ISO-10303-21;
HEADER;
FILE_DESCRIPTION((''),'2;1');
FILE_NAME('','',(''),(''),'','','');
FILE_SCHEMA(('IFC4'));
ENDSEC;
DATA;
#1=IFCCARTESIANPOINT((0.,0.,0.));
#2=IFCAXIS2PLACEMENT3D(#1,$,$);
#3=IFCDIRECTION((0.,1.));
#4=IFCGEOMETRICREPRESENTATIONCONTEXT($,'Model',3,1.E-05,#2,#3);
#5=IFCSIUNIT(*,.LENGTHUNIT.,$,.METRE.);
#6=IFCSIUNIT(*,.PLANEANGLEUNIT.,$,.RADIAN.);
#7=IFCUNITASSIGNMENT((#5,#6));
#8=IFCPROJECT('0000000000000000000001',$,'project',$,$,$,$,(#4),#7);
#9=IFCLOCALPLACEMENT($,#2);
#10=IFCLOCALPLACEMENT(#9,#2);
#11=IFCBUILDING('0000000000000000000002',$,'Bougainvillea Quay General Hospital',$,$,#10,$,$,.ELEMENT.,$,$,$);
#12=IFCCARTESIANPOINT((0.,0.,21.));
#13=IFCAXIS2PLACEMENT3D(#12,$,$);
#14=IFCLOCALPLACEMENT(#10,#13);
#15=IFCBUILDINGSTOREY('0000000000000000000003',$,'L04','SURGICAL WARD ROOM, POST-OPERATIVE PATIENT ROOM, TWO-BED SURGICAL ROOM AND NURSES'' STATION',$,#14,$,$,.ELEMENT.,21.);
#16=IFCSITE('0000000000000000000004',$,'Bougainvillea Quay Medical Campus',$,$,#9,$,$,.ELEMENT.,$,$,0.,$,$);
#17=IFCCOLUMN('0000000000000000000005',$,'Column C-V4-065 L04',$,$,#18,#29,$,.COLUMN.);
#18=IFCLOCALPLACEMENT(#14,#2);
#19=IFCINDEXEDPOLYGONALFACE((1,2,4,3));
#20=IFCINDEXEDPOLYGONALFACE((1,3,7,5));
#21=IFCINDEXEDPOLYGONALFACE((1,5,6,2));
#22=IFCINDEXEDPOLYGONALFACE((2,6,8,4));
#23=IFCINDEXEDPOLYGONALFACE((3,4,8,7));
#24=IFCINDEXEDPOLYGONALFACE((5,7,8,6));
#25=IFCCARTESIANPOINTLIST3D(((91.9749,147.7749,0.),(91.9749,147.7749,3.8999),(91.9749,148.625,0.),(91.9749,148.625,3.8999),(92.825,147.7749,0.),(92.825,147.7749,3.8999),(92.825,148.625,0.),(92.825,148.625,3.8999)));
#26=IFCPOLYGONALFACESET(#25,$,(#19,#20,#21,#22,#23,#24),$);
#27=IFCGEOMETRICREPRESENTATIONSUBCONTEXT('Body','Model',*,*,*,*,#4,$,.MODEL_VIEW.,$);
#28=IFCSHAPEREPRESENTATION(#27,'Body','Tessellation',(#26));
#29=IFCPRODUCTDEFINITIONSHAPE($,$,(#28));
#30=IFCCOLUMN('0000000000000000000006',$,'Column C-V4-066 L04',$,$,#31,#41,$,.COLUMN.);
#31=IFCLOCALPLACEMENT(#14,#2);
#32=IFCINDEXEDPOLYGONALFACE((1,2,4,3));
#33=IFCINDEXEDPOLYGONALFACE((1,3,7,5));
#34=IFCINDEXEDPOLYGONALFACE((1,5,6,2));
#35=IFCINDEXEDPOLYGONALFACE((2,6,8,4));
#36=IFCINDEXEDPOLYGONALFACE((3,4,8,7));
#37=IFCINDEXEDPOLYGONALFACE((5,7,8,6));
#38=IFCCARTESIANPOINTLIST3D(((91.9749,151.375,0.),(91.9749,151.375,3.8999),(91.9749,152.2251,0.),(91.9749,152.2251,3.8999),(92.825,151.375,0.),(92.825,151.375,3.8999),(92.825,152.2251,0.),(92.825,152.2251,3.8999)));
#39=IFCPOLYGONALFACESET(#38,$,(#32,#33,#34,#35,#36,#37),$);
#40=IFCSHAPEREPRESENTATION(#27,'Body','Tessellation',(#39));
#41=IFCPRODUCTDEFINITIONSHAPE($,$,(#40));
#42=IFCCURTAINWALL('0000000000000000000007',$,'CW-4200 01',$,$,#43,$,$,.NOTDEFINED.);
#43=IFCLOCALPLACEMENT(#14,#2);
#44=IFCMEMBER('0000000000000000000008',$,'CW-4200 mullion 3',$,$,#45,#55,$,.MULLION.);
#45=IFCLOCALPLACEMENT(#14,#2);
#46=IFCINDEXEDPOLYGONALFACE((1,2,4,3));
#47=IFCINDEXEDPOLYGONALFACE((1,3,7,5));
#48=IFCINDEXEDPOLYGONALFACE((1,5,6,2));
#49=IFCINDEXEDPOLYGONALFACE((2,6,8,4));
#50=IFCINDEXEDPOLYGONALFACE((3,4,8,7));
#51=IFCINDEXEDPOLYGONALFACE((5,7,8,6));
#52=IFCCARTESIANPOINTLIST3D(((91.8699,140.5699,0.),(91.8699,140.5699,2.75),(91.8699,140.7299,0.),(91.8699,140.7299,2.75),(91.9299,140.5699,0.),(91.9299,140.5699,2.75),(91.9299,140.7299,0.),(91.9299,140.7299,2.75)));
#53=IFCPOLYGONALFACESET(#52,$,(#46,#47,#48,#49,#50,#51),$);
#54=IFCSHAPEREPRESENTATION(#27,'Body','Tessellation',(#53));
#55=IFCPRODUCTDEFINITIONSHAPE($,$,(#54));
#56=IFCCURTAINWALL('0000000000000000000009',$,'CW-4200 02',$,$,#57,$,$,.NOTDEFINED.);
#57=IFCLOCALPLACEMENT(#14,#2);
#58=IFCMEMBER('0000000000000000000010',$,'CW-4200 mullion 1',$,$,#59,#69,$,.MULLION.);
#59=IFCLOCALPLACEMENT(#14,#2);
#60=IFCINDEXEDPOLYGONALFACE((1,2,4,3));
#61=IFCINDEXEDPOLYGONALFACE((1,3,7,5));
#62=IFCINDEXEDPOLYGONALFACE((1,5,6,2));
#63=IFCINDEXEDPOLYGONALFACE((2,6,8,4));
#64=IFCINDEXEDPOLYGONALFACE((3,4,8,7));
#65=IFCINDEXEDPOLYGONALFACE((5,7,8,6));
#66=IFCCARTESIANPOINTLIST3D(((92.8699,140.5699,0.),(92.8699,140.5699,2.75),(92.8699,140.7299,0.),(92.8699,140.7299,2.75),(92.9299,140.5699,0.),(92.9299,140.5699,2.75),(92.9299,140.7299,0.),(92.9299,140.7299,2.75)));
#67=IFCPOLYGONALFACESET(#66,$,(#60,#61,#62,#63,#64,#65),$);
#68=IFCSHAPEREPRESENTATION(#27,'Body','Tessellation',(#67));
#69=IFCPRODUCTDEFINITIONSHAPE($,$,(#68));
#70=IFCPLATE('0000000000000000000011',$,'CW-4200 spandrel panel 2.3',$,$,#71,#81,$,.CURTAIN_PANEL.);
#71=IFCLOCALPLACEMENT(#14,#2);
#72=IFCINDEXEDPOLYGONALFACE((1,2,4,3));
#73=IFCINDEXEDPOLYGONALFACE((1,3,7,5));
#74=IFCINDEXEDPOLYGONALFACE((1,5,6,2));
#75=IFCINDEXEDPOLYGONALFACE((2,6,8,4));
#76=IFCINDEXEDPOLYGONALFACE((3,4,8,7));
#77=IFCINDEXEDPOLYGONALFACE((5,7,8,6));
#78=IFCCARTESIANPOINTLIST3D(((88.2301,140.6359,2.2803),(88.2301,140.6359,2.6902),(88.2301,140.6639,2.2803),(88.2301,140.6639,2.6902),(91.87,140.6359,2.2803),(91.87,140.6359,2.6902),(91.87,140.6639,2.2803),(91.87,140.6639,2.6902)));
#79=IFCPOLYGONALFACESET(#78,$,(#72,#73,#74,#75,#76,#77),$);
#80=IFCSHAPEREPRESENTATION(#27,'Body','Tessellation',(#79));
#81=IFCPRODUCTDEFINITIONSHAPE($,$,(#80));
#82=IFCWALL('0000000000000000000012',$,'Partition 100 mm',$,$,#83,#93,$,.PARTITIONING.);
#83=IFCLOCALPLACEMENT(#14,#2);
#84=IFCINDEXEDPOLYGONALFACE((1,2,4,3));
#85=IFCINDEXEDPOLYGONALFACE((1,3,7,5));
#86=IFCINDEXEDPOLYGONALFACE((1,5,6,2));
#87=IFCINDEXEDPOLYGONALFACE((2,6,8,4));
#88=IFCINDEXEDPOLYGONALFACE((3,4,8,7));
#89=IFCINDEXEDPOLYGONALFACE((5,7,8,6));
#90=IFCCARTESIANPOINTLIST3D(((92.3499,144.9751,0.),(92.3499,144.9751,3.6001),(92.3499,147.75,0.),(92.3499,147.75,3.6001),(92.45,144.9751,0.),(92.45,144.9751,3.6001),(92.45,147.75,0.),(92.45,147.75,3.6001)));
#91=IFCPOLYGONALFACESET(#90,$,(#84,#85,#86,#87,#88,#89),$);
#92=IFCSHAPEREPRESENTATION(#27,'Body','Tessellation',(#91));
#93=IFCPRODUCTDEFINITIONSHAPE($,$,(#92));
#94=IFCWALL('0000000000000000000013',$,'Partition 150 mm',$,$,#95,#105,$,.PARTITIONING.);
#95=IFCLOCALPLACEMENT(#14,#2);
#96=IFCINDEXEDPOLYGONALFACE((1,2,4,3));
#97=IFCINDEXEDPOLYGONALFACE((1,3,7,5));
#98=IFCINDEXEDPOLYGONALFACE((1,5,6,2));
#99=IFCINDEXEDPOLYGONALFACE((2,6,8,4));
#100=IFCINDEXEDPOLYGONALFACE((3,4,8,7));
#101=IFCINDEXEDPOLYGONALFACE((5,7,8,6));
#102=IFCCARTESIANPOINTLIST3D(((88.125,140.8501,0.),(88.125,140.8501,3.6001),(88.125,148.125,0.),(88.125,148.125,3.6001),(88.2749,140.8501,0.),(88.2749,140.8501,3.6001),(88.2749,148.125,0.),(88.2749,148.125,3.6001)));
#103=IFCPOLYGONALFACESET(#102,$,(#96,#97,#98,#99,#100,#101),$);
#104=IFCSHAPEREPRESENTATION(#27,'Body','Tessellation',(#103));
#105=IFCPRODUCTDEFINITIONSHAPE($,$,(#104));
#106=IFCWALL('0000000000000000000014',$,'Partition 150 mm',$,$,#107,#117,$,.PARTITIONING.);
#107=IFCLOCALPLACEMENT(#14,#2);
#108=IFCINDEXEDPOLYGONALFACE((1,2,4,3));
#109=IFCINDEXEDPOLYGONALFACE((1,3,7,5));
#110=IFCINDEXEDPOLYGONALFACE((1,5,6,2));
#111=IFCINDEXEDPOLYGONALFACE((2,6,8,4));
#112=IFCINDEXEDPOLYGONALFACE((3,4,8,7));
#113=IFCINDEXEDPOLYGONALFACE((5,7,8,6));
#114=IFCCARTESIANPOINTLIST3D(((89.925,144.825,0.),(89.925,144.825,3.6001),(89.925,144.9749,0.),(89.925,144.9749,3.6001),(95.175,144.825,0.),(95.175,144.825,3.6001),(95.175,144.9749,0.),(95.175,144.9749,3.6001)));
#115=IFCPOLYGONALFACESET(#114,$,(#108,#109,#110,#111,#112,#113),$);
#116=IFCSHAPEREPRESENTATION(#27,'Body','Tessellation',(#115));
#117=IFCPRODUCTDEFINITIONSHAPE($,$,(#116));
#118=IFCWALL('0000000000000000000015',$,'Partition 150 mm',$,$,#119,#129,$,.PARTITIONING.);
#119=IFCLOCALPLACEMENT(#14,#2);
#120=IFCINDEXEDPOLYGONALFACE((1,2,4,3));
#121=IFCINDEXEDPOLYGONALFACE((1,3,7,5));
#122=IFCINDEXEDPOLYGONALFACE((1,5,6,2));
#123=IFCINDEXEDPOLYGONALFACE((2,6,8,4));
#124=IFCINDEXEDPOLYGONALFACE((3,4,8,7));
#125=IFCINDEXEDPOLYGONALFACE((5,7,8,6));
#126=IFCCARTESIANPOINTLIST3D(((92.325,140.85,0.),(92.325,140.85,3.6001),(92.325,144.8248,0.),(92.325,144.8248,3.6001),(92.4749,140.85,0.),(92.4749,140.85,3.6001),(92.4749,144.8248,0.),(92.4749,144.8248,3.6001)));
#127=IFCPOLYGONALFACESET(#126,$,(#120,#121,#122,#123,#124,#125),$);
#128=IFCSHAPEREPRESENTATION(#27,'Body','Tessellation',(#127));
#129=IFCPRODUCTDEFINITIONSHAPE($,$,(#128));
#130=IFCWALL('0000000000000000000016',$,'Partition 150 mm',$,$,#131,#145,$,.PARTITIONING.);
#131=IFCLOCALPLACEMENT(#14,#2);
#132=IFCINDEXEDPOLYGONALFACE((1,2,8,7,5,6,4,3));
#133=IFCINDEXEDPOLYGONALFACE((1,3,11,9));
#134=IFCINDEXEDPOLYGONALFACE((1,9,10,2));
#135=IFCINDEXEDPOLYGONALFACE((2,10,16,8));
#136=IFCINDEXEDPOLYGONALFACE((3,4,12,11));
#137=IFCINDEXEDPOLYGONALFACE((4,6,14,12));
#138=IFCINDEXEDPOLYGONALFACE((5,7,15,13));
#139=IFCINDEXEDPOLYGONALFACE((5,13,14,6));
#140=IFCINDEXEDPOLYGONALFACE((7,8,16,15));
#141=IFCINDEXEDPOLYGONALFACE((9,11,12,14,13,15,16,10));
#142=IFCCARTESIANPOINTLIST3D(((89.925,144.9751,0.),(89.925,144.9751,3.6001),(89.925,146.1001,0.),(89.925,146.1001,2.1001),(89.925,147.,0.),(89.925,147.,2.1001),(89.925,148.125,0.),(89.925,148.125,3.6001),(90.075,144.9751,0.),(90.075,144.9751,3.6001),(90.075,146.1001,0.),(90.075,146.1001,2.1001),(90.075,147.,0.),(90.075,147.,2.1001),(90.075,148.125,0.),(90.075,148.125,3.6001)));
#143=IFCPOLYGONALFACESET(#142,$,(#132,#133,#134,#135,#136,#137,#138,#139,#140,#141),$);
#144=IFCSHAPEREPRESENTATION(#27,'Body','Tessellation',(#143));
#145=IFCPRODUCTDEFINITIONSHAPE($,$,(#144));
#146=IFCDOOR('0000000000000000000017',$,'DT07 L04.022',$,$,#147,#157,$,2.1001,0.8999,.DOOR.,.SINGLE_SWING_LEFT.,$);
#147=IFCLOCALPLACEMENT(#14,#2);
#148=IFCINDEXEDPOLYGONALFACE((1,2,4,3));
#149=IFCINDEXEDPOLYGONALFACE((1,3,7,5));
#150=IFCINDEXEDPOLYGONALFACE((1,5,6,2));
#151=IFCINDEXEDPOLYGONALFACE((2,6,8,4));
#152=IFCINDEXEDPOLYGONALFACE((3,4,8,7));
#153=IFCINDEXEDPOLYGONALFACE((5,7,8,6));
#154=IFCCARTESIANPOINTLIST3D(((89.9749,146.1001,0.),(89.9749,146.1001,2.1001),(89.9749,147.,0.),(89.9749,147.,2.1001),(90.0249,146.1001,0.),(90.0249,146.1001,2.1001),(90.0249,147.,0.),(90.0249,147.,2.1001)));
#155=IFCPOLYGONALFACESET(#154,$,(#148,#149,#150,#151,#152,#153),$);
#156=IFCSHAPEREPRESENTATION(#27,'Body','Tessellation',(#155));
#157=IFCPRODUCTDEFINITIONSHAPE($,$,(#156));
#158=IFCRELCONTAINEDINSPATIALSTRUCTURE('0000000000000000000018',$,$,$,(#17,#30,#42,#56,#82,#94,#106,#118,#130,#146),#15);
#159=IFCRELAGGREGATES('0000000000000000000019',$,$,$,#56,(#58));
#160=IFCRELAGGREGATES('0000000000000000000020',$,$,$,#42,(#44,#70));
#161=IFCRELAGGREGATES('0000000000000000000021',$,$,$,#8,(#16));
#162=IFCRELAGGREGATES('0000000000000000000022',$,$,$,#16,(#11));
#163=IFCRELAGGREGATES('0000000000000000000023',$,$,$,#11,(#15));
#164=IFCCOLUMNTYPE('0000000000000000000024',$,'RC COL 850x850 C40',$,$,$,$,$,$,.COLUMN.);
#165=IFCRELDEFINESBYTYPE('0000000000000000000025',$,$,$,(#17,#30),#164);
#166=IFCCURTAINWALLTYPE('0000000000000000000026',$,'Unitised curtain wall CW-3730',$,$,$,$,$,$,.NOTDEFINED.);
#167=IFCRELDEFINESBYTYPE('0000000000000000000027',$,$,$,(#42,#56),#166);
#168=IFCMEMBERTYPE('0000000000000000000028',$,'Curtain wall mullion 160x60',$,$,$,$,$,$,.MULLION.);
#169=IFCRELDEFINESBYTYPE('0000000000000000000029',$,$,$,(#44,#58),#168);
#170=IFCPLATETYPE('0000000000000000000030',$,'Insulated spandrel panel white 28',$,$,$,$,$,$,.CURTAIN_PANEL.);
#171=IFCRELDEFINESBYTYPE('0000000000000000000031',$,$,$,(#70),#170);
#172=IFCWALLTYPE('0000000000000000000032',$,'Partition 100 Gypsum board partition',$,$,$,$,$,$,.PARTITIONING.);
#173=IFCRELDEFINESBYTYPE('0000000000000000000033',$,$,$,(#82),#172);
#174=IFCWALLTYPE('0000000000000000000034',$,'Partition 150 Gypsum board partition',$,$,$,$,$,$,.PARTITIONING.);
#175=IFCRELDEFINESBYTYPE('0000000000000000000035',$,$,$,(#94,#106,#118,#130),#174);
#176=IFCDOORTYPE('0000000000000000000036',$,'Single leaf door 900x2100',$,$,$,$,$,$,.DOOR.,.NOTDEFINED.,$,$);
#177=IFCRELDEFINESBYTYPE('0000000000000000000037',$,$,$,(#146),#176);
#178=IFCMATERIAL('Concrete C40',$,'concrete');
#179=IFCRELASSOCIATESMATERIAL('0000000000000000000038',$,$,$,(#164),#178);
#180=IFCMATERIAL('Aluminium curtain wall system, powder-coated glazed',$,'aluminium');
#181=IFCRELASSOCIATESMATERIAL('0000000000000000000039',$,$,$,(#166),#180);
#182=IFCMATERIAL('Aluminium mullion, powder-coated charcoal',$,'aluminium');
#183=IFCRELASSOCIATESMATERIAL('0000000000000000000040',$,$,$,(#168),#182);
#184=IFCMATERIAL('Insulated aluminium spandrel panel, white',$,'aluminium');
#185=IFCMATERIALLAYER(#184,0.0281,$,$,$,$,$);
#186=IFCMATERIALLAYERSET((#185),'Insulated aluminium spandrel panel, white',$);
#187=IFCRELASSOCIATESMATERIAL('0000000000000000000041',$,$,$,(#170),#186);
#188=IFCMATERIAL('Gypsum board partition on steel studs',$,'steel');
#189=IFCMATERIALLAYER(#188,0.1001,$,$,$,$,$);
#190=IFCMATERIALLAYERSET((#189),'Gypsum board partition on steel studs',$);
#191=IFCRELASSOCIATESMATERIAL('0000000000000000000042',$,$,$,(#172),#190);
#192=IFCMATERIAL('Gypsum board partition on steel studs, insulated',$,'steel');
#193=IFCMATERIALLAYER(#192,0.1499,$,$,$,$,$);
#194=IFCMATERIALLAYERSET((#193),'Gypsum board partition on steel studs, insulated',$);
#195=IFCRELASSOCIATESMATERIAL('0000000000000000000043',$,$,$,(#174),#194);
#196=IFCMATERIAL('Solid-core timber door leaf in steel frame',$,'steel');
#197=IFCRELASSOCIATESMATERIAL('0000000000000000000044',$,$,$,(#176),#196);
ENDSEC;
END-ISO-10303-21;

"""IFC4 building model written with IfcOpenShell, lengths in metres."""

from ifc_helpers import new_model, si_unit, direction, frame, frame_2d, origin, origin_2d, place, context, subcontext, project, spatial, rectangle, extrude, material, layer, layer_set, material_profile, profile_set, type_object, element, fill, aggregate, save


model = new_model("IFC4")

# Units and contexts
model_context = context("Model", 3, precision=1e-05, world=origin(), true_north=direction((0.0, 1.0)))
body_context = subcontext(model_context, "Body", "Model", "MODEL_VIEW")
ifc_project = project(units=[si_unit("LENGTHUNIT", "METRE"), si_unit("PLANEANGLEUNIT", "RADIAN")], contexts=[model_context])

# Site, building, storey
site_placement = place(None, origin())
site = spatial("IfcSite", under=ifc_project, at=site_placement, Name="Bougainvillea Quay Medical Campus", CompositionType="ELEMENT", RefElevation=0.0)
building_placement = place(site_placement, origin())
building = spatial("IfcBuilding", under=site, at=building_placement, Name="Bougainvillea Quay General Hospital", CompositionType="ELEMENT")
storey_placement = place(building_placement, frame((0.0, 0.0, 21.0)))
storey = spatial("IfcBuildingStorey", under=building, at=storey_placement, Name="L04", Description="SURGICAL WARD ROOM, POST-OPERATIVE PATIENT ROOM, TWO-BED SURGICAL ROOM AND NURSES' STATION", CompositionType="ELEMENT", Elevation=21.0)

# Columns
ifc_material_1 = material(Name="Concrete C40", Category="concrete")
ifc_material_profile_1 = material_profile(ifc_material_1, rectangle(XDim=0.8501, YDim=0.8501, at=origin_2d()))
ifc_profile_set_1 = profile_set([ifc_material_profile_1], Name="Concrete C40")
column_type = type_object("IfcColumnType", Name="RC COL 850x850 C40", PredefinedType="COLUMN", material=ifc_profile_set_1)
for number, where, z_axis, x_axis, name in (
    (1, (92.3999, 148.2, 0.0), (0.0, 0.0, 1.0), (1.0, 0.0, 0.0), "Column C-V4-065 L04"),
    (2, (92.3999, 151.8, 0.0), (0.0, 0.0, 1.0), (1.0, 0.0, 0.0), "Column C-V4-066 L04"),
):
    element("IfcColumn", number, at=place(storey_placement, frame(where, z_axis=z_axis, x_axis=x_axis)), inside=storey, type_object=column_type, Name=name, PredefinedType="COLUMN", context=body_context, shape_type="SweptSolid", body=[
        extrude(rectangle(XDim=0.8501, YDim=0.8501, at=origin_2d()), origin(), (0.0, 0.0, 1.0), 3.8999),
    ])

# Curtain walls, members
ifc_material_2 = material(Name="Aluminium curtain wall system, powder-coated glazed", Category="aluminium")
curtain_wall_type = type_object("IfcCurtainWallType", Name="Unitised curtain wall CW-3730", PredefinedType="NOTDEFINED", material=ifc_material_2)
curtain_wall_1_placement = place(storey_placement, origin())
curtain_wall_1 = element("IfcCurtainWall", 3, at=curtain_wall_1_placement, inside=storey, type_object=curtain_wall_type, Name="CW-4200 01", PredefinedType="NOTDEFINED")
ifc_material_3 = material(Name="Aluminium mullion, powder-coated charcoal", Category="aluminium")
ifc_material_profile_2 = material_profile(ifc_material_3, rectangle(XDim=0.1599, YDim=0.0601, at=origin_2d()))
ifc_profile_set_2 = profile_set([ifc_material_profile_2], Name="Aluminium mullion, powder-coated charcoal")
member_type = type_object("IfcMemberType", Name="Curtain wall mullion 160x60", PredefinedType="MULLION", material=ifc_profile_set_2)
member_1_placement = place(storey_placement, frame((91.8999, 140.6499, 0.0), z_axis=(0.0, 0.0, 1.0), x_axis=(0.0, 1.0, 0.0)))
member_1 = element("IfcMember", 4, at=member_1_placement, type_object=member_type, Name="CW-4200 mullion 3", PredefinedType="MULLION", context=body_context, shape_type="SweptSolid", body=[
    extrude(rectangle(XDim=0.1599, YDim=0.0601, at=origin_2d()), origin(), (0.0, 0.0, 1.0), 2.75),
])
curtain_wall_2_placement = place(storey_placement, origin())
curtain_wall_2 = element("IfcCurtainWall", 5, at=curtain_wall_2_placement, inside=storey, type_object=curtain_wall_type, Name="CW-4200 02", PredefinedType="NOTDEFINED")
member_2_placement = place(storey_placement, frame((92.8999, 140.6499, 0.0), z_axis=(0.0, 0.0, 1.0), x_axis=(0.0, 1.0, 0.0)))
member_2 = element("IfcMember", 6, at=member_2_placement, type_object=member_type, Name="CW-4200 mullion 1", PredefinedType="MULLION", context=body_context, shape_type="SweptSolid", body=[
    extrude(rectangle(XDim=0.1599, YDim=0.0601, at=origin_2d()), origin(), (0.0, 0.0, 1.0), 2.75),
])
aggregate(curtain_wall_2, [member_2])

# Plate
ifc_material_4 = material(Name="Insulated aluminium spandrel panel, white", Category="aluminium")
ifc_layer_1 = layer(ifc_material_4, 0.0281)
ifc_layer_set_1 = layer_set([ifc_layer_1], Name="Insulated aluminium spandrel panel, white")
plate_type = type_object("IfcPlateType", Name="Insulated spandrel panel white 28", PredefinedType="CURTAIN_PANEL", material=ifc_layer_set_1)
plate_placement = place(storey_placement, frame((90.05, 140.6499, 2.2803), z_axis=(0.0, 0.0, 1.0), x_axis=(1.0, 0.0, 0.0)))
plate = element("IfcPlate", 7, at=plate_placement, type_object=plate_type, Name="CW-4200 spandrel panel 2.3", PredefinedType="CURTAIN_PANEL", context=body_context, shape_type="SweptSolid", body=[
    extrude(rectangle(XDim=3.6399, YDim=0.0281, at=origin_2d()), origin(), (0.0, 0.0, 1.0), 0.4099),
])
aggregate(curtain_wall_1, [member_1, plate])

# Walls
ifc_material_5 = material(Name="Gypsum board partition on steel studs", Category="steel")
ifc_layer_2 = layer(ifc_material_5, 0.1001)
ifc_layer_set_2 = layer_set([ifc_layer_2], Name="Gypsum board partition on steel studs")
wall_type_1 = type_object("IfcWallType", Name="Partition 100 Gypsum board partition", PredefinedType="PARTITIONING", material=ifc_layer_set_2)
wall_1_placement = place(storey_placement, frame((92.3999, 144.9751, 0.0), z_axis=(0.0, 0.0, 1.0), x_axis=(0.0, 1.0, 0.0)))
element("IfcWall", 8, at=wall_1_placement, inside=storey, type_object=wall_type_1, Name="Partition 100 mm", PredefinedType="PARTITIONING", context=body_context, shape_type="SweptSolid", body=[
    extrude(rectangle(XDim=2.7749, YDim=0.1001, at=frame_2d((1.3875, 0.0))), origin(), (0.0, 0.0, 1.0), 3.6001),
])
ifc_material_6 = material(Name="Gypsum board partition on steel studs, insulated", Category="steel")
ifc_layer_3 = layer(ifc_material_6, 0.1499)
ifc_layer_set_3 = layer_set([ifc_layer_3], Name="Gypsum board partition on steel studs, insulated")
wall_type_2 = type_object("IfcWallType", Name="Partition 150 Gypsum board partition", PredefinedType="PARTITIONING", material=ifc_layer_set_3)
wall_2_placement = place(storey_placement, frame((88.2, 140.8501, 0.0), z_axis=(0.0, 0.0, 1.0), x_axis=(0.0, 1.0, 0.0)))
element("IfcWall", 9, at=wall_2_placement, inside=storey, type_object=wall_type_2, Name="Partition 150 mm", PredefinedType="PARTITIONING", context=body_context, shape_type="SweptSolid", body=[
    extrude(rectangle(XDim=7.2749, YDim=0.1499, at=frame_2d((3.6375, 0.0))), origin(), (0.0, 0.0, 1.0), 3.6001),
])
wall_3_placement = place(storey_placement, frame((89.925, 144.8999, 0.0), z_axis=(0.0, 0.0, 1.0), x_axis=(1.0, 0.0, 0.0)))
element("IfcWall", 10, at=wall_3_placement, inside=storey, type_object=wall_type_2, Name="Partition 150 mm", PredefinedType="PARTITIONING", context=body_context, shape_type="SweptSolid", body=[
    extrude(rectangle(XDim=5.25, YDim=0.1499, at=frame_2d((2.625, 0.0))), origin(), (0.0, 0.0, 1.0), 3.6001),
])
wall_4_placement = place(storey_placement, frame((92.3999, 140.8501, 0.0), z_axis=(0.0, 0.0, 1.0), x_axis=(0.0, 1.0, 0.0)))
element("IfcWall", 11, at=wall_4_placement, inside=storey, type_object=wall_type_2, Name="Partition 150 mm", PredefinedType="PARTITIONING", context=body_context, shape_type="SweptSolid", body=[
    extrude(rectangle(XDim=3.9749, YDim=0.1499, at=frame_2d((1.9873, 0.0))), origin(), (0.0, 0.0, 1.0), 3.6001),
])

# Wall, opening, door
wall_5_placement = place(storey_placement, frame((90.0, 144.9751, 0.0), z_axis=(0.0, 0.0, 1.0), x_axis=(0.0, 1.0, 0.0)))
wall_5 = element("IfcWall", 12, at=wall_5_placement, inside=storey, type_object=wall_type_2, Name="Partition 150 mm", PredefinedType="PARTITIONING", context=body_context, shape_type="SweptSolid", body=[
    extrude(rectangle(XDim=3.1499, YDim=0.1499, at=frame_2d((1.575, 0.0))), origin(), (0.0, 0.0, 1.0), 3.6001),
])
opening_1_placement = place(wall_5_placement, frame((1.125, 0.0, 0.0)))
opening_1 = element("IfcOpeningElement", 13, at=opening_1_placement, cuts=wall_5, PredefinedType="OPENING", context=body_context, shape_type="SweptSolid", body=[
    extrude(rectangle(XDim=0.8999, YDim=2.1001, at=frame_2d((0.45, 1.05))), frame((0.0, 0.085, 0.0), z_axis=(0.0, -1.0, 0.0), x_axis=(1.0, 0.0, 0.0)), (0.0, 0.0, 1.0), 0.1699),
])
ifc_material_7 = material(Name="Solid-core timber door leaf in steel frame", Category="steel")
door_type_1 = type_object("IfcDoorType", Name="Single leaf door 900x2100", OperationType="NOTDEFINED", PredefinedType="DOOR", material=ifc_material_7)
door_1_placement = place(opening_1_placement, frame((0.8999, 0.0, 0.0), z_axis=(0.0, 0.0, 1.0), x_axis=(-1.0, 0.0, 0.0)))
door_1 = element("IfcDoor", 14, at=door_1_placement, inside=storey, type_object=door_type_1, Name="DT07 L04.022", OperationType="SINGLE_SWING_LEFT", OverallHeight=2.1001, OverallWidth=0.8999, PredefinedType="DOOR", context=body_context, shape_type="SweptSolid", body=[
    extrude(rectangle(XDim=0.8999, YDim=2.1001, at=frame_2d((0.45, 1.05))), frame((0.0, 0.0249, 0.0), z_axis=(0.0, -1.0, 0.0), x_axis=(1.0, 0.0, 0.0)), (0.0, 0.0, 1.0), 0.05),
])
fill(opening_1, door_1)

save(model, "model.ifc")
